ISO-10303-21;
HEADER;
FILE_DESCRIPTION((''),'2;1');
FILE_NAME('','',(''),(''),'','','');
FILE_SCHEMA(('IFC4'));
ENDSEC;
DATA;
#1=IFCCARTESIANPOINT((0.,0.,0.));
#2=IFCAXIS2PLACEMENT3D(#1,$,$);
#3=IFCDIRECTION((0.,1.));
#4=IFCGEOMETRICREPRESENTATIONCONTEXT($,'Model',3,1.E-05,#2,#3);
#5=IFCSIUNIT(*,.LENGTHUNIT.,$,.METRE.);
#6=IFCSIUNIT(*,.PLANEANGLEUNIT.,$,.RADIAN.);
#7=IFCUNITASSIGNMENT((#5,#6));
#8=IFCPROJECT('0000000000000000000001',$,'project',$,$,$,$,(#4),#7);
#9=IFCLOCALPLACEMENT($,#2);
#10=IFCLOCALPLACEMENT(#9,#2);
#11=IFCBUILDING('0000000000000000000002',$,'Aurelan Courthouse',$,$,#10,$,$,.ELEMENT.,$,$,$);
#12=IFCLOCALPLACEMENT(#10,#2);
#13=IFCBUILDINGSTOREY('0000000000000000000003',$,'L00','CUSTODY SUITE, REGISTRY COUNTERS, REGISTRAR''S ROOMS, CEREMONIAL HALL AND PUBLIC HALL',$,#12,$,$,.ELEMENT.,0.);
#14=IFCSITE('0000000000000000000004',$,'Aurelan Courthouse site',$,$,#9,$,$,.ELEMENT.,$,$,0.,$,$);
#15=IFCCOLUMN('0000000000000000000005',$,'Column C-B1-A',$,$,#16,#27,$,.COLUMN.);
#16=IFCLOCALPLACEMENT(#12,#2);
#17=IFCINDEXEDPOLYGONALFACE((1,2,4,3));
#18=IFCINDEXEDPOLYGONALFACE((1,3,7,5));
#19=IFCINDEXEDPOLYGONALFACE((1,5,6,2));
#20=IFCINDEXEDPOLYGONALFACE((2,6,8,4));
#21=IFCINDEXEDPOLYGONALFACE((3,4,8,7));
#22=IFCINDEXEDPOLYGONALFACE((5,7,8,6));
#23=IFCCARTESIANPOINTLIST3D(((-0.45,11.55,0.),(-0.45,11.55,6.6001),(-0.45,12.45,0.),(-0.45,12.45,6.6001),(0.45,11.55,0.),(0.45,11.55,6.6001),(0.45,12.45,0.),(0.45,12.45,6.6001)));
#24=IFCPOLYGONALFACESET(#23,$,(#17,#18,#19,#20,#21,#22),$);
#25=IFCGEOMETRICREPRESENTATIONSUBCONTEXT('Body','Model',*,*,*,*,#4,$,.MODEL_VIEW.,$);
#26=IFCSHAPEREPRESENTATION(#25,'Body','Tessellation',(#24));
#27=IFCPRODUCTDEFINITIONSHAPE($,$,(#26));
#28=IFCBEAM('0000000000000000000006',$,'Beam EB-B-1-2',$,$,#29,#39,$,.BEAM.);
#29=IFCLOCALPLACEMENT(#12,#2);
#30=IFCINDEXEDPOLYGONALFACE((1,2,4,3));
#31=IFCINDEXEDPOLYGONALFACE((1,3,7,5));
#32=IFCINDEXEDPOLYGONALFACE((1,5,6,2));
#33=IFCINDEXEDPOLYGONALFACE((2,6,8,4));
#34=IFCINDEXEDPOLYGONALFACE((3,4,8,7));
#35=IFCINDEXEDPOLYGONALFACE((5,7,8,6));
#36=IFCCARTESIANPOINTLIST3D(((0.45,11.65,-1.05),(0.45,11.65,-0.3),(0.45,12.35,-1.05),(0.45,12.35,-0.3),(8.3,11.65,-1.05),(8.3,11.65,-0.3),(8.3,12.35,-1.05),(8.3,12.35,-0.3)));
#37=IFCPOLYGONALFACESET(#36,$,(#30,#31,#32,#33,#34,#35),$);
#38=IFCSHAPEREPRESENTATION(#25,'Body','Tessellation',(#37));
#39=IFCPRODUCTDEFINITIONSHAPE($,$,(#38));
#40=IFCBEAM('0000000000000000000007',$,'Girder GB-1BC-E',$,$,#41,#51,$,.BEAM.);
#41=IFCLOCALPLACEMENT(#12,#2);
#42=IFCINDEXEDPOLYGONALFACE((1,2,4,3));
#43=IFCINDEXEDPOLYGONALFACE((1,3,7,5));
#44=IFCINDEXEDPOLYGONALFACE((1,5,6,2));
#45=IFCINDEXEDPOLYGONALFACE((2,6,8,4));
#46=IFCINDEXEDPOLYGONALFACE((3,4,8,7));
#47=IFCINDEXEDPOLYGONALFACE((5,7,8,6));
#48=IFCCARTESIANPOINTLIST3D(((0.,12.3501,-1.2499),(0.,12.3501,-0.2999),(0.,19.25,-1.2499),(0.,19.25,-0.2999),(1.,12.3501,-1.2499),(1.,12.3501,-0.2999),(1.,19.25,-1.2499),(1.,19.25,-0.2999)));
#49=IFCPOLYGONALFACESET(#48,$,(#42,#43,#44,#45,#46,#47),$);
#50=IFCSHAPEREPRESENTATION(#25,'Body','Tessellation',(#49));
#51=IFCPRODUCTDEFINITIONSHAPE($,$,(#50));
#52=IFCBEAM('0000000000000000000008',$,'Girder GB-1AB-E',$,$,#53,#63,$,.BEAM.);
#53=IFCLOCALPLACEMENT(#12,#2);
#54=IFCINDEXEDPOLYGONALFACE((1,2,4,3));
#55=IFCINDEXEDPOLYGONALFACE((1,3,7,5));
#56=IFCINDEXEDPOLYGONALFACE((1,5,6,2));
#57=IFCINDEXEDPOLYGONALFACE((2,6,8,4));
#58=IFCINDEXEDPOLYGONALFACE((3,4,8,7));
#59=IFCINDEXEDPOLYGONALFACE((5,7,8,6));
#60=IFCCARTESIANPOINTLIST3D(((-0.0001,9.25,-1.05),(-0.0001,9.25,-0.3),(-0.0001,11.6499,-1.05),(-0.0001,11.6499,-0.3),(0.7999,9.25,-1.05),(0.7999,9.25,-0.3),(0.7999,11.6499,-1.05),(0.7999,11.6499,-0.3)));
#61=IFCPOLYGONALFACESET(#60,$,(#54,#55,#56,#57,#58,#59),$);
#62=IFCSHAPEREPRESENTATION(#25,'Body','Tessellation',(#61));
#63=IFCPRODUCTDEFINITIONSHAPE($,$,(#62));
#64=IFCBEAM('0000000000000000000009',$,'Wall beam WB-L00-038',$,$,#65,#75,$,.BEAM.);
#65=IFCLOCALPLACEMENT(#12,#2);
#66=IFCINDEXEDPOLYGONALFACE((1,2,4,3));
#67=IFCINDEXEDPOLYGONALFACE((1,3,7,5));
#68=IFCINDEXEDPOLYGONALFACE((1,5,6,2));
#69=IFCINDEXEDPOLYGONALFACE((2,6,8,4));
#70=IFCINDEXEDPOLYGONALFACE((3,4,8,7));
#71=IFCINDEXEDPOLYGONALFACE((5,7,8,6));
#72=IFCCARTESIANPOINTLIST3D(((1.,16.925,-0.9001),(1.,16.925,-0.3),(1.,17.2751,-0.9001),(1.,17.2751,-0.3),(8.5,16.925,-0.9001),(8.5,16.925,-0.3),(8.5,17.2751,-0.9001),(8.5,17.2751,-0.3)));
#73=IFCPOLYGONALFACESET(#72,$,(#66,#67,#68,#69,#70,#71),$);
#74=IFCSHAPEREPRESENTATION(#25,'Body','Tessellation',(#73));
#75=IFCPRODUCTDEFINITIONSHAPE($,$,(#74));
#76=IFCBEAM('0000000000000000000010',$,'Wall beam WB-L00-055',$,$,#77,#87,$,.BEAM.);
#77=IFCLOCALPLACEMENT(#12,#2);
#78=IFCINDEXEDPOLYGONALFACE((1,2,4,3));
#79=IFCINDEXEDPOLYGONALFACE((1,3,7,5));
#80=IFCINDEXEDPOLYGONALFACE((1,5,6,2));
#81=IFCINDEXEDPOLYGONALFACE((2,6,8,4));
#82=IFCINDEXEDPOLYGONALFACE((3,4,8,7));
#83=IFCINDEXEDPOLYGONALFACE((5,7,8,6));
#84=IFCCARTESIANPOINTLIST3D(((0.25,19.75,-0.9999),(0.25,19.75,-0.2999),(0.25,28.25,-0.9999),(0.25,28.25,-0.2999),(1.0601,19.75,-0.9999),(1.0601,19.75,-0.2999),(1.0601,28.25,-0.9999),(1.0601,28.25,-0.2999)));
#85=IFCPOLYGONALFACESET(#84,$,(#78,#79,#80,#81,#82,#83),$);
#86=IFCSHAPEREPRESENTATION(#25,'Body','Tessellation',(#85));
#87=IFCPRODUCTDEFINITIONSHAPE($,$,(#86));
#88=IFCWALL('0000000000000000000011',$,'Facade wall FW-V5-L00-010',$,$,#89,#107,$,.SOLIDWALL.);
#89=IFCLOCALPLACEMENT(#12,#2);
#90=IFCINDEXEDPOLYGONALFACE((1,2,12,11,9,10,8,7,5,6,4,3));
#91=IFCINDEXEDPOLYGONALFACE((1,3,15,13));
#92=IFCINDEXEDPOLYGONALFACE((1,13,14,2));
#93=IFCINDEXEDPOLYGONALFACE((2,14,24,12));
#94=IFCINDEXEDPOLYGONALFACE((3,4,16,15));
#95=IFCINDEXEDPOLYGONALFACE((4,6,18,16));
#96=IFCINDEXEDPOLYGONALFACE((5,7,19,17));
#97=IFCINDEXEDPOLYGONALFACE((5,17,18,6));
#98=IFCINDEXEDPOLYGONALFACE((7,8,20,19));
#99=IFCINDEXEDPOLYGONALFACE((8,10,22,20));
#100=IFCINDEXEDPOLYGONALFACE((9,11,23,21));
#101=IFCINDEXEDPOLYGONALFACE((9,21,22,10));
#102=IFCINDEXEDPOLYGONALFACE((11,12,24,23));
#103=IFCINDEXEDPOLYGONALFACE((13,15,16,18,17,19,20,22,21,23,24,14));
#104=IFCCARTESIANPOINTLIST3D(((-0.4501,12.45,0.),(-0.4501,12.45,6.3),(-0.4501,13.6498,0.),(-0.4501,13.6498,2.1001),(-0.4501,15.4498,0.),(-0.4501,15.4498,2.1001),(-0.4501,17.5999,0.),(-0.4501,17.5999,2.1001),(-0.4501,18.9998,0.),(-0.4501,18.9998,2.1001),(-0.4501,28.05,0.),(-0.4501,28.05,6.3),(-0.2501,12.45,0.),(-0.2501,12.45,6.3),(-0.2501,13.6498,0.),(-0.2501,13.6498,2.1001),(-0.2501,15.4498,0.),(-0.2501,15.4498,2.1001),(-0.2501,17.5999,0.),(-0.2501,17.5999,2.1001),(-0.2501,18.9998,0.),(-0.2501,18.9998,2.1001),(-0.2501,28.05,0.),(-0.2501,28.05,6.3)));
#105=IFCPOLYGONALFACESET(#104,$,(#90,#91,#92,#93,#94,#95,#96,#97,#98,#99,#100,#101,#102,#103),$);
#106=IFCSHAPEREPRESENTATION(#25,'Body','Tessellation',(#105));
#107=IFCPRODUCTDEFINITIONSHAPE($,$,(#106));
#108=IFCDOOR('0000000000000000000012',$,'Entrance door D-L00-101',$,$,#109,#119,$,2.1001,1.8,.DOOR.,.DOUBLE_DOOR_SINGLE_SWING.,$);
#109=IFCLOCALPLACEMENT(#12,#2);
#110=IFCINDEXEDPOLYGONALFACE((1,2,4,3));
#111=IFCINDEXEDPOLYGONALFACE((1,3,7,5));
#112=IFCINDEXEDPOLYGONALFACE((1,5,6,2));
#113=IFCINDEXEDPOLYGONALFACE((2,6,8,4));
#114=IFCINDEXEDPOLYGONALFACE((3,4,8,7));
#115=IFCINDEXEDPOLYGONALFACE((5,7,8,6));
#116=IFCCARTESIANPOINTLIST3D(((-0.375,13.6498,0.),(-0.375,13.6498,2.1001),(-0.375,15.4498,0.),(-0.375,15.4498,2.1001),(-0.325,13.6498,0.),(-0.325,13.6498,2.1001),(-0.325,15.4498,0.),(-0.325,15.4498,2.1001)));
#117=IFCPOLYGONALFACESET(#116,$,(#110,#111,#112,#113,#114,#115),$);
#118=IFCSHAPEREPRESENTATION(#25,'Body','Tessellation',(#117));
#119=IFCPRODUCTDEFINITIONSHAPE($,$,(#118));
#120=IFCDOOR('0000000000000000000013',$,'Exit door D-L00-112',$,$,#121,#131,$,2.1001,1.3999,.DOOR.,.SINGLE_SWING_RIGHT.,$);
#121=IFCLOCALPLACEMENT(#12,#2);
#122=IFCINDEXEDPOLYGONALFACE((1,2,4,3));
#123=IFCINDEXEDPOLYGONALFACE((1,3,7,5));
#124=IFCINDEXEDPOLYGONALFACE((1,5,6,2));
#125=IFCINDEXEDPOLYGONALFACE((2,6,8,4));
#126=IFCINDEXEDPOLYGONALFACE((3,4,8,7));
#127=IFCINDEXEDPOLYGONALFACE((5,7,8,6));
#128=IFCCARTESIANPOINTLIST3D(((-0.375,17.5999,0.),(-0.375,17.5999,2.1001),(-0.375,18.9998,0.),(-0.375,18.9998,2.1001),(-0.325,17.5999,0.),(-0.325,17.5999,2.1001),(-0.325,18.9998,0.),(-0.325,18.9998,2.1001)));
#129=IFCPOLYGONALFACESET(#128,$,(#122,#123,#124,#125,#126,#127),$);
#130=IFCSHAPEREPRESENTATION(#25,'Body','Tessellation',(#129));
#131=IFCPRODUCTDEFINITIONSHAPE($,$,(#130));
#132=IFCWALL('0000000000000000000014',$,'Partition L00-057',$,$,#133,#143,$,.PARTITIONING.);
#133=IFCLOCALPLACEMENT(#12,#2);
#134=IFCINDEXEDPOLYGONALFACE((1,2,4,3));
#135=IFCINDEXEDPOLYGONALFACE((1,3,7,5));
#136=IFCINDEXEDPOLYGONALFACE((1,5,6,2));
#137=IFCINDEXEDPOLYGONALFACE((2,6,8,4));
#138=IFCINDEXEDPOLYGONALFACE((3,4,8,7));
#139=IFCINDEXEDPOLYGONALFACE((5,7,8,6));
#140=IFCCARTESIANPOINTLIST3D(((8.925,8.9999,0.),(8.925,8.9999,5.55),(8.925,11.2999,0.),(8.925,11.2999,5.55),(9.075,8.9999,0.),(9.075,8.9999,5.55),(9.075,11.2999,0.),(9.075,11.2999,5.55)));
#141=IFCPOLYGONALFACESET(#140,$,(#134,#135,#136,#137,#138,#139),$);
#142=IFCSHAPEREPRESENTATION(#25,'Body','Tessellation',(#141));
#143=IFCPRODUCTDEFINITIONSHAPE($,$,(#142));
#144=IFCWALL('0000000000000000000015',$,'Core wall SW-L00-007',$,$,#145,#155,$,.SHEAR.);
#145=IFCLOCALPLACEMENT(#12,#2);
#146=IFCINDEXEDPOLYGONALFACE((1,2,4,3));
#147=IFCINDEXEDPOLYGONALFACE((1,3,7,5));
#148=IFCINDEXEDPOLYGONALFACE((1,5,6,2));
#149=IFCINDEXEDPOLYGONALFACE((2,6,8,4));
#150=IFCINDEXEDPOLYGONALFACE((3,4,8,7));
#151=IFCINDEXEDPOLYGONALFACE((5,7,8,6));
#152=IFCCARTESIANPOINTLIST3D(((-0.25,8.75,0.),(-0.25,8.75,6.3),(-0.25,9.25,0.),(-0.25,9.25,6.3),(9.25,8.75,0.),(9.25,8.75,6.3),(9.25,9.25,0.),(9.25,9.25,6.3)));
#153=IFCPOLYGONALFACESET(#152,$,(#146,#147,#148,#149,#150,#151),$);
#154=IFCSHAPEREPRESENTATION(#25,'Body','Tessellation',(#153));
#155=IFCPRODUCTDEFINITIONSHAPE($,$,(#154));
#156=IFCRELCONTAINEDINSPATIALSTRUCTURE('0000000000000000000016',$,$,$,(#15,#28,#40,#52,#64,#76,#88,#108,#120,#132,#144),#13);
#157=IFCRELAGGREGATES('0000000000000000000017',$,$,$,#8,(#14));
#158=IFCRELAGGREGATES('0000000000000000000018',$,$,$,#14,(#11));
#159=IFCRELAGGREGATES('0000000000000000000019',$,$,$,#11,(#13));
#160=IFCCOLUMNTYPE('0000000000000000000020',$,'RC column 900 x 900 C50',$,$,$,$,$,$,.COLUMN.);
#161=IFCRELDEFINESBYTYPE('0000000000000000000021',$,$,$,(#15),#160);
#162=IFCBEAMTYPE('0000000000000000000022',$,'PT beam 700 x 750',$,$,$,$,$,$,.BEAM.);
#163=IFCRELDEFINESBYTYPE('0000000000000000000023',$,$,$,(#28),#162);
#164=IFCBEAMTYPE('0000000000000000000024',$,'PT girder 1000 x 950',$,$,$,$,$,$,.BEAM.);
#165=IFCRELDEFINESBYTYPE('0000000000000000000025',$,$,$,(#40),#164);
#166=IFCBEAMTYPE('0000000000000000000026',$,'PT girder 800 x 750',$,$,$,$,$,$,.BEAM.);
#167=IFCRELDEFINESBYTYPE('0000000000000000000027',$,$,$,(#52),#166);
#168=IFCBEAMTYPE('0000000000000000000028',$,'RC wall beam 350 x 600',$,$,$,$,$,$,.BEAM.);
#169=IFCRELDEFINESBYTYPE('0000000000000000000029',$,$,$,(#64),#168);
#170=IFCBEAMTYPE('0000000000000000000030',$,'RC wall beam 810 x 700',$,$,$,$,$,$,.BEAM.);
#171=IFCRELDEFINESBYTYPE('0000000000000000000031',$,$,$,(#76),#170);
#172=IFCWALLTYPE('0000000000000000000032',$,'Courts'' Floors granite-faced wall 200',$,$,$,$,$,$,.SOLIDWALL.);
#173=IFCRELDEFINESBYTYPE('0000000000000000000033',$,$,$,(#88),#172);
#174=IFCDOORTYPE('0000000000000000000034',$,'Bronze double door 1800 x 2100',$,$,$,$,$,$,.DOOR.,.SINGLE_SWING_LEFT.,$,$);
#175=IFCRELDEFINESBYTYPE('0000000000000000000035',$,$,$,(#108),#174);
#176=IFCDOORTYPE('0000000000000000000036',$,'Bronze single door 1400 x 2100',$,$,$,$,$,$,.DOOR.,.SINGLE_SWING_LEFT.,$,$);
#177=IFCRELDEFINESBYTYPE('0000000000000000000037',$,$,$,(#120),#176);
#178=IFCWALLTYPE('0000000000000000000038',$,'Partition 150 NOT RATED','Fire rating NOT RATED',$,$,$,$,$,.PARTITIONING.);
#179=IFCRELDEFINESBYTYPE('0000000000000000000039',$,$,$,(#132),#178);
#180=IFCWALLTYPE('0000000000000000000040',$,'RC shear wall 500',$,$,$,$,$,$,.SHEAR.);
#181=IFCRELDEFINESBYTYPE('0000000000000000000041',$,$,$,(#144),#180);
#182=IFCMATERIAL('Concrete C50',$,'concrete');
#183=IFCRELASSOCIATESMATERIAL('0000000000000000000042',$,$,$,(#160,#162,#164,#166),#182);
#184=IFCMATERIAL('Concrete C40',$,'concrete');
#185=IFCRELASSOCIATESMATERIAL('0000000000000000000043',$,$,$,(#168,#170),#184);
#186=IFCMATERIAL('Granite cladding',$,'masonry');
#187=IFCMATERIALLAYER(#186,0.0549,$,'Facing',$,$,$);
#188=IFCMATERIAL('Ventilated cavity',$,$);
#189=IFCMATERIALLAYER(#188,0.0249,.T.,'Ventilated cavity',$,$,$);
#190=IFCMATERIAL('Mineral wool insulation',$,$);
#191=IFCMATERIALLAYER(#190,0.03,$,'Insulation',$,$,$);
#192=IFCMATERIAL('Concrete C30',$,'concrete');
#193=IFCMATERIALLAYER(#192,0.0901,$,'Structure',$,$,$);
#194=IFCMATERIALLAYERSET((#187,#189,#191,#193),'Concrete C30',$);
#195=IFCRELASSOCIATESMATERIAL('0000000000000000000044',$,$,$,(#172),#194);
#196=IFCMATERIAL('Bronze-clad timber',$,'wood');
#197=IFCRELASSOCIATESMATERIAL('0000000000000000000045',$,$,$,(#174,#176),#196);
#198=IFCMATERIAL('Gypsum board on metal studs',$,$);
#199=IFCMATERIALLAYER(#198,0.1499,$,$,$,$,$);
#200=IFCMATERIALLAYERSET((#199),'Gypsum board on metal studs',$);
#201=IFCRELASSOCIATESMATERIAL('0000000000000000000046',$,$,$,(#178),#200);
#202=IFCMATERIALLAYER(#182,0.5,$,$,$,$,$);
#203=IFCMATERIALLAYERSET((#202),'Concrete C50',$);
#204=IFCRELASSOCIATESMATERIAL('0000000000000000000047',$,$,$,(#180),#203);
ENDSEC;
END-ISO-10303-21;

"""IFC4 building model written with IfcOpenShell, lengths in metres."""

from ifc_helpers import new_model, si_unit, direction, frame, frame_2d, origin, origin_2d, place, context, subcontext, project, spatial, rectangle, extrude, material, layer, layer_set, material_profile, profile_set, type_object, element, fill, save


model = new_model("IFC4")

# Units and contexts
model_context = context("Model", 3, precision=1e-05, world=origin(), true_north=direction((0.0, 1.0)))
body_context = subcontext(model_context, "Body", "Model", "MODEL_VIEW")
ifc_project = project(units=[si_unit("LENGTHUNIT", "METRE"), si_unit("PLANEANGLEUNIT", "RADIAN")], contexts=[model_context])

# Site, building, storey
site_placement = place(None, origin())
site = spatial("IfcSite", under=ifc_project, at=site_placement, Name="Aurelan Courthouse site", CompositionType="ELEMENT", RefElevation=0.0)
building_placement = place(site_placement, origin())
building = spatial("IfcBuilding", under=site, at=building_placement, Name="Aurelan Courthouse", CompositionType="ELEMENT")
storey_placement = place(building_placement, origin())
storey = spatial("IfcBuildingStorey", under=building, at=storey_placement, Name="L00", Description="CUSTODY SUITE, REGISTRY COUNTERS, REGISTRAR'S ROOMS, CEREMONIAL HALL AND PUBLIC HALL", CompositionType="ELEMENT", Elevation=0.0)

# Column
ifc_material_1 = material(Name="Concrete C50", Category="concrete")
ifc_material_profile_1 = material_profile(ifc_material_1, rectangle(XDim=0.8999, YDim=0.8999, at=origin_2d()), Name="RC 900 x 900")
ifc_profile_set_1 = profile_set([ifc_material_profile_1], Name="Concrete C50")
column_type = type_object("IfcColumnType", Name="RC column 900 x 900 C50", PredefinedType="COLUMN", material=ifc_profile_set_1)
column_placement = place(storey_placement, frame((0.0, 12.0, 0.0), z_axis=(0.0, 0.0, 1.0), x_axis=(1.0, 0.0, 0.0)))
element("IfcColumn", 1, at=column_placement, inside=storey, type_object=column_type, Name="Column C-B1-A", PredefinedType="COLUMN", context=body_context, shape_type="SweptSolid", body=[
    extrude(rectangle(XDim=0.8999, YDim=0.8999, at=origin_2d()), origin(), (0.0, 0.0, 1.0), 6.6001),
])

# Beams
ifc_material_profile_2 = material_profile(ifc_material_1, rectangle(XDim=0.7, YDim=0.75, at=origin_2d()), Name="RC 700 x 750")
ifc_profile_set_2 = profile_set([ifc_material_profile_2], Name="Concrete C50")
beam_type_1 = type_object("IfcBeamType", Name="PT beam 700 x 750", PredefinedType="BEAM", material=ifc_profile_set_2)
beam_1_placement = place(storey_placement, frame((0.45, 12.0, -0.675), z_axis=(1.0, 0.0, 0.0), x_axis=(0.0, 1.0, 0.0)))
element("IfcBeam", 2, at=beam_1_placement, inside=storey, type_object=beam_type_1, Name="Beam EB-B-1-2", PredefinedType="BEAM", context=body_context, shape_type="SweptSolid", body=[
    extrude(rectangle(XDim=0.7, YDim=0.75, at=origin_2d()), origin(), (0.0, 0.0, 1.0), 7.8501),
])
ifc_material_profile_3 = material_profile(ifc_material_1, rectangle(XDim=1.0, YDim=0.95, at=origin_2d()), Name="RC 1000 x 950")
ifc_profile_set_3 = profile_set([ifc_material_profile_3], Name="Concrete C50")
beam_type_2 = type_object("IfcBeamType", Name="PT girder 1000 x 950", PredefinedType="BEAM", material=ifc_profile_set_3)
beam_2_placement = place(storey_placement, frame((0.5, 12.3501, -0.7749), z_axis=(0.0, 1.0, 0.0), x_axis=(-1.0, 0.0, 0.0)))
element("IfcBeam", 3, at=beam_2_placement, inside=storey, type_object=beam_type_2, Name="Girder GB-1BC-E", PredefinedType="BEAM", context=body_context, shape_type="SweptSolid", body=[
    extrude(rectangle(XDim=1.0, YDim=0.95, at=origin_2d()), origin(), (0.0, 0.0, 1.0), 6.8999),
])
ifc_material_profile_4 = material_profile(ifc_material_1, rectangle(XDim=0.8, YDim=0.75, at=origin_2d()), Name="RC 800 x 750")
ifc_profile_set_4 = profile_set([ifc_material_profile_4], Name="Concrete C50")
beam_type_3 = type_object("IfcBeamType", Name="PT girder 800 x 750", PredefinedType="BEAM", material=ifc_profile_set_4)
beam_3_placement = place(storey_placement, frame((0.3999, 9.25, -0.675), z_axis=(0.0, 1.0, 0.0), x_axis=(-1.0, 0.0, 0.0)))
element("IfcBeam", 4, at=beam_3_placement, inside=storey, type_object=beam_type_3, Name="Girder GB-1AB-E", PredefinedType="BEAM", context=body_context, shape_type="SweptSolid", body=[
    extrude(rectangle(XDim=0.8, YDim=0.75, at=origin_2d()), origin(), (0.0, 0.0, 1.0), 2.3999),
])
ifc_material_2 = material(Name="Concrete C40", Category="concrete")
ifc_material_profile_5 = material_profile(ifc_material_2, rectangle(XDim=0.3501, YDim=0.6001, at=origin_2d()), Name="RC 350 x 600")
ifc_profile_set_5 = profile_set([ifc_material_profile_5], Name="Concrete C40")
beam_type_4 = type_object("IfcBeamType", Name="RC wall beam 350 x 600", PredefinedType="BEAM", material=ifc_profile_set_5)
beam_4_placement = place(storey_placement, frame((1.0, 17.1001, -0.6001), z_axis=(1.0, 0.0, 0.0), x_axis=(0.0, 1.0, 0.0)))
element("IfcBeam", 5, at=beam_4_placement, inside=storey, type_object=beam_type_4, Name="Wall beam WB-L00-038", PredefinedType="BEAM", context=body_context, shape_type="SweptSolid", body=[
    extrude(rectangle(XDim=0.3501, YDim=0.6001, at=origin_2d()), origin(), (0.0, 0.0, 1.0), 7.5),
])
ifc_material_profile_6 = material_profile(ifc_material_2, rectangle(XDim=0.8101, YDim=0.7, at=origin_2d()), Name="RC 810 x 700")
ifc_profile_set_6 = profile_set([ifc_material_profile_6], Name="Concrete C40")
beam_type_5 = type_object("IfcBeamType", Name="RC wall beam 810 x 700", PredefinedType="BEAM", material=ifc_profile_set_6)
beam_5_placement = place(storey_placement, frame((0.655, 19.75, -0.6499), z_axis=(0.0, 1.0, 0.0), x_axis=(-1.0, 0.0, 0.0)))
element("IfcBeam", 6, at=beam_5_placement, inside=storey, type_object=beam_type_5, Name="Wall beam WB-L00-055", PredefinedType="BEAM", context=body_context, shape_type="SweptSolid", body=[
    extrude(rectangle(XDim=0.8101, YDim=0.7, at=origin_2d()), origin(), (0.0, 0.0, 1.0), 8.5),
])

# Wall, openings, doors
ifc_material_3 = material(Name="Granite cladding", Category="masonry")
ifc_layer_1 = layer(ifc_material_3, 0.0549, Name="Facing")
ifc_material_4 = material(Name="Ventilated cavity")
ifc_layer_2 = layer(ifc_material_4, 0.0249, ventilated=True, Name="Ventilated cavity")
ifc_material_5 = material(Name="Mineral wool insulation")
ifc_layer_3 = layer(ifc_material_5, 0.03, Name="Insulation")
ifc_material_6 = material(Name="Concrete C30", Category="concrete")
ifc_layer_4 = layer(ifc_material_6, 0.0901, Name="Structure")
ifc_layer_set_1 = layer_set([ifc_layer_1, ifc_layer_2, ifc_layer_3, ifc_layer_4], Name="Concrete C30")
wall_type_1 = type_object("IfcWallType", Name="Courts' Floors granite-faced wall 200", PredefinedType="SOLIDWALL", material=ifc_layer_set_1)
wall_1_placement = place(storey_placement, frame((-0.3501, 12.45, 0.0), z_axis=(0.0, 0.0, 1.0), x_axis=(0.0, 1.0, 0.0)))
wall_1 = element("IfcWall", 7, at=wall_1_placement, inside=storey, type_object=wall_type_1, Name="Facade wall FW-V5-L00-010", PredefinedType="SOLIDWALL", context=body_context, shape_type="SweptSolid", body=[
    extrude(rectangle(XDim=15.6001, YDim=0.2, at=frame_2d((7.8, 0.0))), origin(), (0.0, 0.0, 1.0), 6.3),
])
opening_1_placement = place(wall_1_placement, frame((1.2, 0.0, 0.0)))
opening_1 = element("IfcOpeningElement", 8, at=opening_1_placement, cuts=wall_1, PredefinedType="OPENING", context=body_context, shape_type="SweptSolid", body=[
    extrude(rectangle(XDim=1.8, YDim=2.1001, at=frame_2d((0.8999, 1.05))), frame((0.0, 0.1099, 0.0), z_axis=(0.0, -1.0, 0.0), x_axis=(1.0, 0.0, 0.0)), (0.0, 0.0, 1.0), 0.22),
])
opening_2_placement = place(wall_1_placement, frame((5.1499, 0.0, 0.0)))
opening_2 = element("IfcOpeningElement", 9, at=opening_2_placement, cuts=wall_1, PredefinedType="OPENING", context=body_context, shape_type="SweptSolid", body=[
    extrude(rectangle(XDim=1.3999, YDim=2.1001, at=frame_2d((0.7, 1.05))), frame((0.0, 0.1099, 0.0), z_axis=(0.0, -1.0, 0.0), x_axis=(1.0, 0.0, 0.0)), (0.0, 0.0, 1.0), 0.22),
])
ifc_material_7 = material(Name="Bronze-clad timber", Category="wood")
door_type_1 = type_object("IfcDoorType", Name="Bronze double door 1800 x 2100", OperationType="SINGLE_SWING_LEFT", PredefinedType="DOOR", material=ifc_material_7)
door_1_placement = place(opening_1_placement, origin())
door_1 = element("IfcDoor", 10, at=door_1_placement, inside=storey, type_object=door_type_1, Name="Entrance door D-L00-101", OperationType="DOUBLE_DOOR_SINGLE_SWING", OverallHeight=2.1001, OverallWidth=1.8, PredefinedType="DOOR", context=body_context, shape_type="SweptSolid", body=[
    extrude(rectangle(XDim=1.8, YDim=2.1001, at=frame_2d((0.8999, 1.05))), frame((0.0, 0.0249, 0.0), z_axis=(0.0, -1.0, 0.0), x_axis=(1.0, 0.0, 0.0)), (0.0, 0.0, 1.0), 0.05),
])
fill(opening_1, door_1)
door_type_2 = type_object("IfcDoorType", Name="Bronze single door 1400 x 2100", OperationType="SINGLE_SWING_LEFT", PredefinedType="DOOR", material=ifc_material_7)
door_2_placement = place(opening_2_placement, origin())
door_2 = element("IfcDoor", 11, at=door_2_placement, inside=storey, type_object=door_type_2, Name="Exit door D-L00-112", OperationType="SINGLE_SWING_RIGHT", OverallHeight=2.1001, OverallWidth=1.3999, PredefinedType="DOOR", context=body_context, shape_type="SweptSolid", body=[
    extrude(rectangle(XDim=1.3999, YDim=2.1001, at=frame_2d((0.7, 1.05))), frame((0.0, 0.0249, 0.0), z_axis=(0.0, -1.0, 0.0), x_axis=(1.0, 0.0, 0.0)), (0.0, 0.0, 1.0), 0.05),
])
fill(opening_2, door_2)

# Walls
ifc_material_8 = material(Name="Gypsum board on metal studs")
ifc_layer_5 = layer(ifc_material_8, 0.1499)
ifc_layer_set_2 = layer_set([ifc_layer_5], Name="Gypsum board on metal studs")
wall_type_2 = type_object("IfcWallType", Name="Partition 150 NOT RATED", Description="Fire rating NOT RATED", PredefinedType="PARTITIONING", material=ifc_layer_set_2)
wall_2_placement = place(storey_placement, frame((9.0, 9.0, 0.0), z_axis=(0.0, 0.0, 1.0), x_axis=(0.0, 1.0, 0.0)))
element("IfcWall", 12, at=wall_2_placement, inside=storey, type_object=wall_type_2, Name="Partition L00-057", PredefinedType="PARTITIONING", context=body_context, shape_type="SweptSolid", body=[
    extrude(rectangle(XDim=2.3, YDim=0.1499, at=frame_2d((1.1499, 0.0))), origin(), (0.0, 0.0, 1.0), 5.55),
])
ifc_layer_6 = layer(ifc_material_1, 0.5)
ifc_layer_set_3 = layer_set([ifc_layer_6], Name="Concrete C50")
wall_type_3 = type_object("IfcWallType", Name="RC shear wall 500", PredefinedType="SHEAR", material=ifc_layer_set_3)
wall_3_placement = place(storey_placement, frame((-0.25, 9.0, 0.0), z_axis=(0.0, 0.0, 1.0), x_axis=(1.0, 0.0, 0.0)))
element("IfcWall", 13, at=wall_3_placement, inside=storey, type_object=wall_type_3, Name="Core wall SW-L00-007", PredefinedType="SHEAR", context=body_context, shape_type="SweptSolid", body=[
    extrude(rectangle(XDim=9.5, YDim=0.5, at=frame_2d((4.75, 0.0))), origin(), (0.0, 0.0, 1.0), 6.3),
])

save(model, "model.ifc")
